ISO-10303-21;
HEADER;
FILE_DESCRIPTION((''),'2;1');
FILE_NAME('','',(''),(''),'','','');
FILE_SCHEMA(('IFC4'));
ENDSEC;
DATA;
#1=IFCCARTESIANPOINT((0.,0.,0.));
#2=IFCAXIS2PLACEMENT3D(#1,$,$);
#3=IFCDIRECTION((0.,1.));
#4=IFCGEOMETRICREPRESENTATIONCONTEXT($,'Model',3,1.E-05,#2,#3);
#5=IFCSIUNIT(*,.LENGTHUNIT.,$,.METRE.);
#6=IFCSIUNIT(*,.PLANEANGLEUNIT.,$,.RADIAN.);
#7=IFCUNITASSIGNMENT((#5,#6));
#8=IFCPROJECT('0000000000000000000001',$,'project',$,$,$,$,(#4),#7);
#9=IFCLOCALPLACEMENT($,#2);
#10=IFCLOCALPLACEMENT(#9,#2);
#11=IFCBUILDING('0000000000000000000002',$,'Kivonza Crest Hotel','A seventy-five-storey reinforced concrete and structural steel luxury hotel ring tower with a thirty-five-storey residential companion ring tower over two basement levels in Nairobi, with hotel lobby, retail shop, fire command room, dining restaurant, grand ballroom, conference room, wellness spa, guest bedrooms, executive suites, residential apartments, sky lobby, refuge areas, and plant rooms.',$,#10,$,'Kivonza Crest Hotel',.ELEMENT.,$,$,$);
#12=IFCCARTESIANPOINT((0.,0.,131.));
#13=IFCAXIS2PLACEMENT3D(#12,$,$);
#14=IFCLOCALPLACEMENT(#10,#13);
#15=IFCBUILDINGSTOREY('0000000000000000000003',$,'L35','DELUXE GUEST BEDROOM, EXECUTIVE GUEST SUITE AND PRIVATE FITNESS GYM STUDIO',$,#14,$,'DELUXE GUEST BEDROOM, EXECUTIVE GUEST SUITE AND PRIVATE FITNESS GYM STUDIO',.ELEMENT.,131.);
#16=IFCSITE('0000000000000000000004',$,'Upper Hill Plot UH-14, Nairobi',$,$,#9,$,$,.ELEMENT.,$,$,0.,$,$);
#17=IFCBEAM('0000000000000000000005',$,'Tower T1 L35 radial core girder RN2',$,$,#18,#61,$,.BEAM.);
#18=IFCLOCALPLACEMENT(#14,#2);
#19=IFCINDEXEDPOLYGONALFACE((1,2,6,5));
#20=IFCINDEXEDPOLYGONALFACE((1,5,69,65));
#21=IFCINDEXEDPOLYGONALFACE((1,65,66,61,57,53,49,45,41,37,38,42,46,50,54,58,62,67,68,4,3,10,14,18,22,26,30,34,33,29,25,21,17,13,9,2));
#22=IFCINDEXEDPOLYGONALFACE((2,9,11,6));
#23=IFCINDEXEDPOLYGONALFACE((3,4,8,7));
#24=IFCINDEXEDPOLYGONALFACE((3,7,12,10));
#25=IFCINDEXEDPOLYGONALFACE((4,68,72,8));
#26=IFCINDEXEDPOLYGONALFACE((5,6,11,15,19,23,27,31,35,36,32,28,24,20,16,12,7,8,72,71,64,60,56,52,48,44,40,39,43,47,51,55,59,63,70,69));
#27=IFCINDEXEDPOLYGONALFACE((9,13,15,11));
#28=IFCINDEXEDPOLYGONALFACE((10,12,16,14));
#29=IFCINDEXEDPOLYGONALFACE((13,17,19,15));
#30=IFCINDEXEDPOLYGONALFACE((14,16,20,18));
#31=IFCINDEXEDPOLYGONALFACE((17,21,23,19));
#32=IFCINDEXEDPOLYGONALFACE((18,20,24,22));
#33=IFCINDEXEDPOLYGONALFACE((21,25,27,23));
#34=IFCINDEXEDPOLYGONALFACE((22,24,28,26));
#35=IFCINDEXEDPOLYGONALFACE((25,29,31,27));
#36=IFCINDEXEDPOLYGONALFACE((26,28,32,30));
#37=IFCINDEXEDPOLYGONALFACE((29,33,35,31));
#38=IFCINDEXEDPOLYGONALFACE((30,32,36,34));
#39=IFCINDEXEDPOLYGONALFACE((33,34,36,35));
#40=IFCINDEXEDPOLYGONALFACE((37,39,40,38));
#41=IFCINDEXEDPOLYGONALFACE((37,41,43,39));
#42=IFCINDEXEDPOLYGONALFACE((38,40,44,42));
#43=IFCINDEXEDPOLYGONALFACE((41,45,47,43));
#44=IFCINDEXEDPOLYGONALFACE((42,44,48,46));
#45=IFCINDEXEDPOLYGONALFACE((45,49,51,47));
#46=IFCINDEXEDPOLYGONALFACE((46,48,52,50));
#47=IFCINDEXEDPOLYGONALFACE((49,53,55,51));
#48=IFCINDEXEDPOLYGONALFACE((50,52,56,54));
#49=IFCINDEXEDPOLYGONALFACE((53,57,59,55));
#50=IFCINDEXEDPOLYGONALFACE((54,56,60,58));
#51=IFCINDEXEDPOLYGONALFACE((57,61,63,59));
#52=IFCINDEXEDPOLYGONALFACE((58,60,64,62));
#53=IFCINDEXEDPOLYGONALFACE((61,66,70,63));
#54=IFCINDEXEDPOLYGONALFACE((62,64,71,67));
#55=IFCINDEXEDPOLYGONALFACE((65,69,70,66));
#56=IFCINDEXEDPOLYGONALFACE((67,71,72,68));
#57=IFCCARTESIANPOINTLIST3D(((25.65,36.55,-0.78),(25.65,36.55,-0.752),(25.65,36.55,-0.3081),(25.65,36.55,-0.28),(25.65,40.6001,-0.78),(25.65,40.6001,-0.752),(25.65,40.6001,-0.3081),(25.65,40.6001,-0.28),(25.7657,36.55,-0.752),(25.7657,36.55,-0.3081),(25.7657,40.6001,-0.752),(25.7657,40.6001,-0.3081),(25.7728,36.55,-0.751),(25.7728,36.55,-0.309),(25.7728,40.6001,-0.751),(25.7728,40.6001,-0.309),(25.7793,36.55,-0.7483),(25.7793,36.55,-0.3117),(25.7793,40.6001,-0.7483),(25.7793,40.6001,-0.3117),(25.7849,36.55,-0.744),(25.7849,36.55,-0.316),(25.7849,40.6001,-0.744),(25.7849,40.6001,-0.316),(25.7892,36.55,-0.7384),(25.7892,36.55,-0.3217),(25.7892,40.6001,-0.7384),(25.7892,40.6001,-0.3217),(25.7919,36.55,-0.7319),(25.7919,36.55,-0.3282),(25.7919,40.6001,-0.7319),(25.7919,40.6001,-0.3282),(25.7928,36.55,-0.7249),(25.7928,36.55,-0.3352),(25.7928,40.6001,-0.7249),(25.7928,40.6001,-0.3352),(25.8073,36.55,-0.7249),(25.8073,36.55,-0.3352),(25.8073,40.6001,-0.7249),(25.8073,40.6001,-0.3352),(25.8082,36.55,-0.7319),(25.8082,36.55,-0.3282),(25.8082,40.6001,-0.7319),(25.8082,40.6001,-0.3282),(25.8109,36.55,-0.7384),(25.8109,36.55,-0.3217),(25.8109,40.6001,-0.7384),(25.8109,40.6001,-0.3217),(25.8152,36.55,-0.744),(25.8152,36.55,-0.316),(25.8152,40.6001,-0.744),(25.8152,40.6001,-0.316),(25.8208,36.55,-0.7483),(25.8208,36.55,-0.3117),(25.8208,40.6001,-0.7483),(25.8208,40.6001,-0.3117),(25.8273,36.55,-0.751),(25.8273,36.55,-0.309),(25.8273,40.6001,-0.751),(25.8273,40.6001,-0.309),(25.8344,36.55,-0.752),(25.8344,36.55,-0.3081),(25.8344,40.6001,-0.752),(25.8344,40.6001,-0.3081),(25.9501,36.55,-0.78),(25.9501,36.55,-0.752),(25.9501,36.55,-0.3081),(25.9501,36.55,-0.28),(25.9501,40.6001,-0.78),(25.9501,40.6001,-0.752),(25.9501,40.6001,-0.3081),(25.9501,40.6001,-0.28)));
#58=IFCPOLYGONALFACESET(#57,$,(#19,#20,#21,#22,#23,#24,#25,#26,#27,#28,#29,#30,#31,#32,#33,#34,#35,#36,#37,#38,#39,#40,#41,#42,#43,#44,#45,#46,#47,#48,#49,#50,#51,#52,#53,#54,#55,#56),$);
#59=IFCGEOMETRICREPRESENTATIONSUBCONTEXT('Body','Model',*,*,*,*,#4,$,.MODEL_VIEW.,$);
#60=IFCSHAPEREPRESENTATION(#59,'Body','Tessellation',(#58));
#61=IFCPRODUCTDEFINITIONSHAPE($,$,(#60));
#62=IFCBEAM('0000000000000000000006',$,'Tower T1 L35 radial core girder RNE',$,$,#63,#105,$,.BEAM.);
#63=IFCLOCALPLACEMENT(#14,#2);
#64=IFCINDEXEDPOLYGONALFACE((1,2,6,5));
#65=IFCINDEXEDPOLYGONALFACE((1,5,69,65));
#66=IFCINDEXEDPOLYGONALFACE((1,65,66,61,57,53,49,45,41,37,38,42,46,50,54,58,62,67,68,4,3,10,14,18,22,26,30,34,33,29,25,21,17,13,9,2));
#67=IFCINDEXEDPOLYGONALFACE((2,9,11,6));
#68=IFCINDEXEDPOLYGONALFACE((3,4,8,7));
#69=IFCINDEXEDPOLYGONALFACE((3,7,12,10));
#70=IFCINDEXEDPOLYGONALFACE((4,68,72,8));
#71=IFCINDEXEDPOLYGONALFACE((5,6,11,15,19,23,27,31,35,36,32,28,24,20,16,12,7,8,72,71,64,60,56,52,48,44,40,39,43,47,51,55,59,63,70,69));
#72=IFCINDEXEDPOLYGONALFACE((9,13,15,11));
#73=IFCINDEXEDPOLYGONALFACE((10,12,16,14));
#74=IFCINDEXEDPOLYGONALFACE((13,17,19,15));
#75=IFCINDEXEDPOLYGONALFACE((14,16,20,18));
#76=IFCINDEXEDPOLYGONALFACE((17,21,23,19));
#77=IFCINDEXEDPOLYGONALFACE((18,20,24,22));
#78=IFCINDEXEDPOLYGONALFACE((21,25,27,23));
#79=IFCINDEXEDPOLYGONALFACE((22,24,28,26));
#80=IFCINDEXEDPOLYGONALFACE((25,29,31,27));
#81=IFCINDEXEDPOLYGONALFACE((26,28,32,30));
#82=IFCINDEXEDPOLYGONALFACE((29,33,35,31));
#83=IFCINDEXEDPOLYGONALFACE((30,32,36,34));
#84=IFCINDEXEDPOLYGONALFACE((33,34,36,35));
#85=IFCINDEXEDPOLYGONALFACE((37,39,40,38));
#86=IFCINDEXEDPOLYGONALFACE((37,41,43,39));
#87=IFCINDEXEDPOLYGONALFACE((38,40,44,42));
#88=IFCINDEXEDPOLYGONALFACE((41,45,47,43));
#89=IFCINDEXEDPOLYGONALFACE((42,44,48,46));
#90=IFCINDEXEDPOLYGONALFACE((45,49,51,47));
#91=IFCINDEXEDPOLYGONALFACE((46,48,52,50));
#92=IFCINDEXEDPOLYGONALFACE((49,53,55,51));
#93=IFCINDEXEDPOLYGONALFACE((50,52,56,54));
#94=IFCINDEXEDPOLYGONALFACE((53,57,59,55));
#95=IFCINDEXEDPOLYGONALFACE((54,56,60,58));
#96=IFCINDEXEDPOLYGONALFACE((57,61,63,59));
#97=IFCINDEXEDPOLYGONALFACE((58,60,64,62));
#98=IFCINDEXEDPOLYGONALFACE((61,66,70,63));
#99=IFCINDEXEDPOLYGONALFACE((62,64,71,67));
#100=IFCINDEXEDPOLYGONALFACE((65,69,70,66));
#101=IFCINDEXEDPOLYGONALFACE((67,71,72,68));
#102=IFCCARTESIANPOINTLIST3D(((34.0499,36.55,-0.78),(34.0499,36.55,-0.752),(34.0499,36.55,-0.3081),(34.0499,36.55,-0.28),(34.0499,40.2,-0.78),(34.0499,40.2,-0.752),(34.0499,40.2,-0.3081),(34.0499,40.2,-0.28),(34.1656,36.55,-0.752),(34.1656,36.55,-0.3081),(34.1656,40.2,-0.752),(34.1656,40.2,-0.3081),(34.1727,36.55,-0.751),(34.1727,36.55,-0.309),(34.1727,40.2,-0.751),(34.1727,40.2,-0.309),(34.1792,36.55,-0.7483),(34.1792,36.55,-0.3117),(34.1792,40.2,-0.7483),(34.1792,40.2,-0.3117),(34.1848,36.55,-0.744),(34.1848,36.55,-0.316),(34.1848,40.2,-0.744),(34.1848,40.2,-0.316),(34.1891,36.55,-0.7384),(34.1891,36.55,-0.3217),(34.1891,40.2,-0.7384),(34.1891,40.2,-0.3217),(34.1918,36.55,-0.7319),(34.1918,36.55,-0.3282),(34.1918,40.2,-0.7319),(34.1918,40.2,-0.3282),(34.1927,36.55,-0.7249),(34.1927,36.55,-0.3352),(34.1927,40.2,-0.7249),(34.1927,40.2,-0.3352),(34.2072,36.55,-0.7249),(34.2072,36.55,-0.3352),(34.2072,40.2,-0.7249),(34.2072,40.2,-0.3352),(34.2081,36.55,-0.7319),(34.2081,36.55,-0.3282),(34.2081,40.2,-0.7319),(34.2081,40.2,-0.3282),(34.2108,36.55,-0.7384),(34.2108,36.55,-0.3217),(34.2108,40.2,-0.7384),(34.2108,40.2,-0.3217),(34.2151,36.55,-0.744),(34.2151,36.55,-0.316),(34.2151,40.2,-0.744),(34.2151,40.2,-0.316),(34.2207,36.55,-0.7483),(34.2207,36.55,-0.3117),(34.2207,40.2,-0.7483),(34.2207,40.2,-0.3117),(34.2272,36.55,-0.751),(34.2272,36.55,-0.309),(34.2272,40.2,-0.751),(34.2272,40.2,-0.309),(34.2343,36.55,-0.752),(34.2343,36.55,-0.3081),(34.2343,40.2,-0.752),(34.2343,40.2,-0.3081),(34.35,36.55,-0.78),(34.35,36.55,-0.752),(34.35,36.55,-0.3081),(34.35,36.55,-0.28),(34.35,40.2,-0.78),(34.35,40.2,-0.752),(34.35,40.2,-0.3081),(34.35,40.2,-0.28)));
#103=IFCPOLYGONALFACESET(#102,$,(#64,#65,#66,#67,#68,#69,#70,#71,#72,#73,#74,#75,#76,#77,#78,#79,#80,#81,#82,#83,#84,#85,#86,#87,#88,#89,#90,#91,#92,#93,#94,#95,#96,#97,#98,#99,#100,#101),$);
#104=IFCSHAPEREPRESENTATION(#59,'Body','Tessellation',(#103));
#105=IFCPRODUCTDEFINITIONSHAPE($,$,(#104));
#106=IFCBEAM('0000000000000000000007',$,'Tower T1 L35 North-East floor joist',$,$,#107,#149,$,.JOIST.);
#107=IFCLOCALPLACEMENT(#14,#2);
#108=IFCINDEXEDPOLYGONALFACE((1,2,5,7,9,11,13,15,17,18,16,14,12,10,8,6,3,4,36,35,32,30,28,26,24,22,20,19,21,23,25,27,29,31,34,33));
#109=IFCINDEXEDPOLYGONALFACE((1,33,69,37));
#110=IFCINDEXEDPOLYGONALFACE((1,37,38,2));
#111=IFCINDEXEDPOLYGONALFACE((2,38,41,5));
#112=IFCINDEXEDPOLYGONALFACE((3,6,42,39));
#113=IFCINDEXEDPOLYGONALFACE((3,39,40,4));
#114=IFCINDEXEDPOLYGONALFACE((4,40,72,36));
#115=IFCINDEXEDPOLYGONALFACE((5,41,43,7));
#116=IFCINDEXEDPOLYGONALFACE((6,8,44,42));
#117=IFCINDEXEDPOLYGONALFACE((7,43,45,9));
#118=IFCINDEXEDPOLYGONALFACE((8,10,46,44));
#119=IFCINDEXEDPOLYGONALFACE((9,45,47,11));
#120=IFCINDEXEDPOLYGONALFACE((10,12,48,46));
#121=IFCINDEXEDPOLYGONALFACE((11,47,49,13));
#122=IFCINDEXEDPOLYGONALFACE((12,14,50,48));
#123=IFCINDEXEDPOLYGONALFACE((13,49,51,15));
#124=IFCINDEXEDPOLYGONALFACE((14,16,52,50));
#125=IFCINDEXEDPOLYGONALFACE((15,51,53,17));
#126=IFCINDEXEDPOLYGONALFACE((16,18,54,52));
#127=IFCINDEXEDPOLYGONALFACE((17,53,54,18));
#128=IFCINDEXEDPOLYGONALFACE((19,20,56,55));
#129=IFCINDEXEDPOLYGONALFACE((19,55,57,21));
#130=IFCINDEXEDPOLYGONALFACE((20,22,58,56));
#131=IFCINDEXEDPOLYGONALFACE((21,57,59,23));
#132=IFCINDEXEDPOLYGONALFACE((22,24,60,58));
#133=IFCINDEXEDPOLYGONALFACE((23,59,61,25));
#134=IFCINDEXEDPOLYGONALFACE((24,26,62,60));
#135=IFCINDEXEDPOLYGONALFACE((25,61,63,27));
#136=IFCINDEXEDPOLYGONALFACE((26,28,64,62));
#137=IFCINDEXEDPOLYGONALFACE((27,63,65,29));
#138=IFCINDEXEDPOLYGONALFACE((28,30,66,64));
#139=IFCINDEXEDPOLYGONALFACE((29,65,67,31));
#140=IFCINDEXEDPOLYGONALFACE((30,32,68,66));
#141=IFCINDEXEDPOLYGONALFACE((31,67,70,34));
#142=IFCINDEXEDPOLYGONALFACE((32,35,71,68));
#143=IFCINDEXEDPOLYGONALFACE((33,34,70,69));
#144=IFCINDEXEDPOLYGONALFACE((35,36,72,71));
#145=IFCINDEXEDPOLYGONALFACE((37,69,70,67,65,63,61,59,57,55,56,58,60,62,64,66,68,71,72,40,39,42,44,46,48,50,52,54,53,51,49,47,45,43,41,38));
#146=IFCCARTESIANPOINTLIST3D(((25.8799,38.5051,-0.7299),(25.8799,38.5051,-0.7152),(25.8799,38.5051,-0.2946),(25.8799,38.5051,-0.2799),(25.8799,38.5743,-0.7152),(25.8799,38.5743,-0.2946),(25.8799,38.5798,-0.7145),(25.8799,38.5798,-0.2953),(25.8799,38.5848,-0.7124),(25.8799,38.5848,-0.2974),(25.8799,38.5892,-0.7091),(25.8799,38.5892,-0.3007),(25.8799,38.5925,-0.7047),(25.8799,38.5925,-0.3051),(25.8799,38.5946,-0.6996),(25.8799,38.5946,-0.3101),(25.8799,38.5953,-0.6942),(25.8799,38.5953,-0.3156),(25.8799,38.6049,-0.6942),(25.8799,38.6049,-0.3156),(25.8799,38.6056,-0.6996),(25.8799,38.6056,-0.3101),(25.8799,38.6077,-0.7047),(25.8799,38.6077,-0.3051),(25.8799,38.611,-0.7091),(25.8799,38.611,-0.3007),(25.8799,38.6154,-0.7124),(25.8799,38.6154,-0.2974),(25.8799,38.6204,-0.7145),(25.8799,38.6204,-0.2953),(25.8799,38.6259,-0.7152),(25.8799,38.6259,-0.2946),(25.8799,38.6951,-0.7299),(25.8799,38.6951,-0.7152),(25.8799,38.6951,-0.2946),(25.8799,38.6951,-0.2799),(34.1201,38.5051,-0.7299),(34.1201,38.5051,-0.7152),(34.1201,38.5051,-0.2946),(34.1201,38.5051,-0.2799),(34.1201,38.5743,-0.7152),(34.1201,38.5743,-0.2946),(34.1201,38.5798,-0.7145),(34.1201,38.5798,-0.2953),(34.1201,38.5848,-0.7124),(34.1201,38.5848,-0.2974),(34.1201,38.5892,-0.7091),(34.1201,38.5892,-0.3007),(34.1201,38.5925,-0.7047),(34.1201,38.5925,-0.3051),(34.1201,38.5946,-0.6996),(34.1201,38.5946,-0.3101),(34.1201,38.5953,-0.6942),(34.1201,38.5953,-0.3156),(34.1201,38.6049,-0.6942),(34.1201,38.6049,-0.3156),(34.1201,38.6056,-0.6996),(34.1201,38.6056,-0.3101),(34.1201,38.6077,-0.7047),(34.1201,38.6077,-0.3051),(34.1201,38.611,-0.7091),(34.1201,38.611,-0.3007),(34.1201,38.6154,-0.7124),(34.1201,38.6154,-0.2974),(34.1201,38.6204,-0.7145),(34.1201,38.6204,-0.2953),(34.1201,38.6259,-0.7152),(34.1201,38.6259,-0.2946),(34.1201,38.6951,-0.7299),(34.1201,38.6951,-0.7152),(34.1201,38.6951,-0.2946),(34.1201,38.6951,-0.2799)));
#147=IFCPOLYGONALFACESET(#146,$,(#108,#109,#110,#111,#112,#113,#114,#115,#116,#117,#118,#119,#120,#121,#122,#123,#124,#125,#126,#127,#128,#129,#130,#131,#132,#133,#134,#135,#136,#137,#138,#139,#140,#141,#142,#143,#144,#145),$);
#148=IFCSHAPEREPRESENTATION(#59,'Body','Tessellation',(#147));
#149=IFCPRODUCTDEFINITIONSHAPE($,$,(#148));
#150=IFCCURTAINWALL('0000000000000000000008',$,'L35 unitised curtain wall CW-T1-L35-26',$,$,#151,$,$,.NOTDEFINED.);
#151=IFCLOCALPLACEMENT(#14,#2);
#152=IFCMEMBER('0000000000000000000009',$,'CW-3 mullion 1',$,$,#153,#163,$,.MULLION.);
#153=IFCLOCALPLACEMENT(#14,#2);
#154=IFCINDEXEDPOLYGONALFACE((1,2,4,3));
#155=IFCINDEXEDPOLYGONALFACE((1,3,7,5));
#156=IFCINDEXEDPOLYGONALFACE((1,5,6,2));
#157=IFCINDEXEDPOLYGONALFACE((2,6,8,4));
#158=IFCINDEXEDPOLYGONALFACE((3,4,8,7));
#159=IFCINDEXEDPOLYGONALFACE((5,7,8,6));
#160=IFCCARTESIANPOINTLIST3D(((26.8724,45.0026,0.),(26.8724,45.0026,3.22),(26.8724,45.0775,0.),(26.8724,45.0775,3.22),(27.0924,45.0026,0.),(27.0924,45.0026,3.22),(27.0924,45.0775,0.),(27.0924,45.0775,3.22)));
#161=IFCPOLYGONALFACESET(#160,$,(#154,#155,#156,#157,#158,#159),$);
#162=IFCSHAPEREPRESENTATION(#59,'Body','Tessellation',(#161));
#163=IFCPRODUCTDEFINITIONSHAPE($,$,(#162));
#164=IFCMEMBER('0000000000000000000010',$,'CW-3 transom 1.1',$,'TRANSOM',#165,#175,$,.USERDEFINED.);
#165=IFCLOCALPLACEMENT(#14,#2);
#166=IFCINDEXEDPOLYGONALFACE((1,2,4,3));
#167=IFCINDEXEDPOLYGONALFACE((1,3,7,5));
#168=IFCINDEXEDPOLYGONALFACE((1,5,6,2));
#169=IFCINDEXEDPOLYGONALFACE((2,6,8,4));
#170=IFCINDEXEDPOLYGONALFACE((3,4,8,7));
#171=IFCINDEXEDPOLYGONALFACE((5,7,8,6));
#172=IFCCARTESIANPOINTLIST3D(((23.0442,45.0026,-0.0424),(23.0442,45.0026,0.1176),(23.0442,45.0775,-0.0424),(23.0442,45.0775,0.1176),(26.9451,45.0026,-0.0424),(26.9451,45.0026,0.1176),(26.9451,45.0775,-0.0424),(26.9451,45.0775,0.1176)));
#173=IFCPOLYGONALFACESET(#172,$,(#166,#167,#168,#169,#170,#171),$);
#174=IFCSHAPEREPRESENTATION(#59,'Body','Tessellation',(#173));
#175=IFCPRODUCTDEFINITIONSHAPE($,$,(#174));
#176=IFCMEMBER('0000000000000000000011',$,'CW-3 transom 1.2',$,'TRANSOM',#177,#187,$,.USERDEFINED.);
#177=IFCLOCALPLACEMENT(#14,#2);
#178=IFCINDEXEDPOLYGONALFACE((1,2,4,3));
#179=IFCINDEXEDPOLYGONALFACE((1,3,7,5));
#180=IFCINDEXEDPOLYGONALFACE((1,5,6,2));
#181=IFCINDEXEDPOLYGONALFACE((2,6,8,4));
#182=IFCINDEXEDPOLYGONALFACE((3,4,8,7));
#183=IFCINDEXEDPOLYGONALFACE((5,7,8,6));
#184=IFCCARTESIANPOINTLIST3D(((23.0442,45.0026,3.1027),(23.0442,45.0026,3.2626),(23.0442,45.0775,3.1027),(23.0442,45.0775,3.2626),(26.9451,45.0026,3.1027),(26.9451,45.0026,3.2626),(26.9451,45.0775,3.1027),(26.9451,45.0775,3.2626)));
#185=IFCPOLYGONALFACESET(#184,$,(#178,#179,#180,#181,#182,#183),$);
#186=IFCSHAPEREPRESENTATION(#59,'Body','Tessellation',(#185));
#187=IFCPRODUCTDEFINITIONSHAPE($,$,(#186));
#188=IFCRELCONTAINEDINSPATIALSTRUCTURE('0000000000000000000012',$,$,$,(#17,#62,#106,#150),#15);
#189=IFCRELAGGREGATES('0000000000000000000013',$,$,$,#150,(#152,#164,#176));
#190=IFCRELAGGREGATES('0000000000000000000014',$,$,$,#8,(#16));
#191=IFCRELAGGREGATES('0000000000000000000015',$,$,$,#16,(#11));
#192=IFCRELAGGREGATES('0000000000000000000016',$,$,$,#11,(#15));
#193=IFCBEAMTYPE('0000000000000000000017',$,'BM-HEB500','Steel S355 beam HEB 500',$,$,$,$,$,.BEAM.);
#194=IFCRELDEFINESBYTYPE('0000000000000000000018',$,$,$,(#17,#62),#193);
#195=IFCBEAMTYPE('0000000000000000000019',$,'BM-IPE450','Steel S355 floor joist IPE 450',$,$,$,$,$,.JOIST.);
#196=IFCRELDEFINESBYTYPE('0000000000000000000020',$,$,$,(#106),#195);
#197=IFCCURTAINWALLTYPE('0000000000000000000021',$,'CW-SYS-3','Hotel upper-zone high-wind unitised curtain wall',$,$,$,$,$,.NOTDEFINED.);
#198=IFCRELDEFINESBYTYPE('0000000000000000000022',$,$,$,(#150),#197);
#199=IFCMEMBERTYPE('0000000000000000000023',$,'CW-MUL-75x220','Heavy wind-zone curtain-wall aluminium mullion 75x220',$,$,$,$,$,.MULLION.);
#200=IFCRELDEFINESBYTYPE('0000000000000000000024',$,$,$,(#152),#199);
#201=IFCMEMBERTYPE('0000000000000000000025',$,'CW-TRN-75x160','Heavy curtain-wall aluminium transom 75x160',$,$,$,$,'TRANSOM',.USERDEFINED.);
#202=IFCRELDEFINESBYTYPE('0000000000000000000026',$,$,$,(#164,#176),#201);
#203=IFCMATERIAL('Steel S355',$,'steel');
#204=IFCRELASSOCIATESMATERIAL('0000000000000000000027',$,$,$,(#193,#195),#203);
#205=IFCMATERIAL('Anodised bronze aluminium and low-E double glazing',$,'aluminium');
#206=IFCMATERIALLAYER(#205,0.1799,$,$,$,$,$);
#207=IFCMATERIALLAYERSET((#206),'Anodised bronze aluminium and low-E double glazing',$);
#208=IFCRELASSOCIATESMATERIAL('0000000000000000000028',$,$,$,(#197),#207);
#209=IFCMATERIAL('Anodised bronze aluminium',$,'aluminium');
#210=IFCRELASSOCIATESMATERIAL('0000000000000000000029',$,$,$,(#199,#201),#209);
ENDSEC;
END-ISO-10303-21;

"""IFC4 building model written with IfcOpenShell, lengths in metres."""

from ifc_helpers import new_model, si_unit, direction, frame, origin, origin_2d, place, context, subcontext, project, spatial, rectangle, i_section, extrude, material, layer, layer_set, material_profile, profile_set, type_object, element, aggregate, save


model = new_model("IFC4")

# Units and contexts
model_context = context("Model", 3, precision=1e-05, world=origin(), true_north=direction((0.0, 1.0)))
body_context = subcontext(model_context, "Body", "Model", "MODEL_VIEW")
ifc_project = project(units=[si_unit("LENGTHUNIT", "METRE"), si_unit("PLANEANGLEUNIT", "RADIAN")], contexts=[model_context])

# Site, building, storey
site_placement = place(None, origin())
site = spatial("IfcSite", under=ifc_project, at=site_placement, Name="Upper Hill Plot UH-14, Nairobi", CompositionType="ELEMENT", RefElevation=0.0)
building_placement = place(site_placement, origin())
building = spatial("IfcBuilding", under=site, at=building_placement, Name="Kivonza Crest Hotel", Description="A seventy-five-storey reinforced concrete and structural steel luxury hotel ring tower with a thirty-five-storey residential companion ring tower over two basement levels in Nairobi, with hotel lobby, retail shop, fire command room, dining restaurant, grand ballroom, conference room, wellness spa, guest bedrooms, executive suites, residential apartments, sky lobby, refuge areas, and plant rooms.", LongName="Kivonza Crest Hotel", CompositionType="ELEMENT")
storey_placement = place(building_placement, frame((0.0, 0.0, 131.0)))
storey = spatial("IfcBuildingStorey", under=building, at=storey_placement, Name="L35", Description="DELUXE GUEST BEDROOM, EXECUTIVE GUEST SUITE AND PRIVATE FITNESS GYM STUDIO", LongName="DELUXE GUEST BEDROOM, EXECUTIVE GUEST SUITE AND PRIVATE FITNESS GYM STUDIO", CompositionType="ELEMENT", Elevation=131.0)

# Beams
ifc_material_1 = material(Name="Steel S355", Category="steel")
ifc_material_profile_1 = material_profile(ifc_material_1, i_section(OverallWidth=0.3, OverallDepth=0.5, WebThickness=0.0144, FlangeThickness=0.0281, FilletRadius=0.0271, at=origin_2d()), Name="HEB 500")
ifc_profile_set_1 = profile_set([ifc_material_profile_1], Name="Steel S355")
beam_type_1 = type_object("IfcBeamType", Name="BM-HEB500", Description="Steel S355 beam HEB 500", PredefinedType="BEAM", material=ifc_profile_set_1)
beam_1_placement = place(storey_placement, frame((25.8, 40.6001, -0.53), z_axis=(0.0, -1.0, 0.0), x_axis=(1.0, 0.0, 0.0)))
element("IfcBeam", 1, at=beam_1_placement, inside=storey, type_object=beam_type_1, Name="Tower T1 L35 radial core girder RN2", PredefinedType="BEAM", context=body_context, shape_type="SweptSolid", body=[
    extrude(i_section(OverallWidth=0.3, OverallDepth=0.5, WebThickness=0.0144, FlangeThickness=0.0281, FilletRadius=0.0271, at=origin_2d()), origin(), (0.0, 0.0, 1.0), 4.05),
])
beam_2_placement = place(storey_placement, frame((34.2, 40.2, -0.53), z_axis=(0.0, -1.0, 0.0), x_axis=(1.0, 0.0, 0.0)))
element("IfcBeam", 2, at=beam_2_placement, inside=storey, type_object=beam_type_1, Name="Tower T1 L35 radial core girder RNE", PredefinedType="BEAM", context=body_context, shape_type="SweptSolid", body=[
    extrude(i_section(OverallWidth=0.3, OverallDepth=0.5, WebThickness=0.0144, FlangeThickness=0.0281, FilletRadius=0.0271, at=origin_2d()), origin(), (0.0, 0.0, 1.0), 3.6499),
])
ifc_material_profile_2 = material_profile(ifc_material_1, i_section(OverallWidth=0.1899, OverallDepth=0.45, WebThickness=0.0095, FlangeThickness=0.0146, FilletRadius=0.021, at=origin_2d()), Name="IPE 450")
ifc_profile_set_2 = profile_set([ifc_material_profile_2], Name="Steel S355")
beam_type_2 = type_object("IfcBeamType", Name="BM-IPE450", Description="Steel S355 floor joist IPE 450", PredefinedType="JOIST", material=ifc_profile_set_2)
beam_3_placement = place(storey_placement, frame((25.8799, 38.6001, -0.5049), z_axis=(1.0, 0.0, 0.0), x_axis=(0.0, 1.0, 0.0)))
element("IfcBeam", 3, at=beam_3_placement, inside=storey, type_object=beam_type_2, Name="Tower T1 L35 North-East floor joist", PredefinedType="JOIST", context=body_context, shape_type="SweptSolid", body=[
    extrude(i_section(OverallWidth=0.1899, OverallDepth=0.45, WebThickness=0.0095, FlangeThickness=0.0146, FilletRadius=0.021, at=origin_2d()), origin(), (0.0, 0.0, 1.0), 8.2402),
])

# Curtain wall, members
ifc_material_2 = material(Name="Anodised bronze aluminium and low-E double glazing", Category="aluminium")
ifc_layer_1 = layer(ifc_material_2, 0.1799)
ifc_layer_set_1 = layer_set([ifc_layer_1], Name="Anodised bronze aluminium and low-E double glazing")
curtain_wall_type = type_object("IfcCurtainWallType", Name="CW-SYS-3", Description="Hotel upper-zone high-wind unitised curtain wall", PredefinedType="NOTDEFINED", material=ifc_layer_set_1)
curtain_wall_placement = place(storey_placement, origin())
curtain_wall = element("IfcCurtainWall", 4, at=curtain_wall_placement, inside=storey, type_object=curtain_wall_type, Name="L35 unitised curtain wall CW-T1-L35-26", PredefinedType="NOTDEFINED")
ifc_material_3 = material(Name="Anodised bronze aluminium", Category="aluminium")
ifc_material_profile_3 = material_profile(ifc_material_3, rectangle(XDim=0.075, YDim=0.22, at=origin_2d()), Name="CW-M 75x220")
ifc_profile_set_3 = profile_set([ifc_material_profile_3], Name="Anodised bronze aluminium")
member_type_1 = type_object("IfcMemberType", Name="CW-MUL-75x220", Description="Heavy wind-zone curtain-wall aluminium mullion 75x220", PredefinedType="MULLION", material=ifc_profile_set_3)
member_1_placement = place(storey_placement, frame((26.9824, 45.04, 0.0), z_axis=(0.0, 0.0, 1.0), x_axis=(0.0, -1.0, 0.0)))
member_1 = element("IfcMember", 5, at=member_1_placement, type_object=member_type_1, Name="CW-3 mullion 1", PredefinedType="MULLION", context=body_context, shape_type="SweptSolid", body=[
    extrude(rectangle(XDim=0.075, YDim=0.22, at=origin_2d()), origin(), (0.0, 0.0, 1.0), 3.22),
])
ifc_material_profile_4 = material_profile(ifc_material_3, rectangle(XDim=0.075, YDim=0.1599, at=origin_2d()), Name="CW-T 75x160")
ifc_profile_set_4 = profile_set([ifc_material_profile_4], Name="Anodised bronze aluminium")
member_type_2 = type_object("IfcMemberType", Name="CW-TRN-75x160", Description="Heavy curtain-wall aluminium transom 75x160", ElementType="TRANSOM", PredefinedType="USERDEFINED", material=ifc_profile_set_4)
member_2_placement = place(storey_placement, frame((26.9451, 45.04, 0.0376), z_axis=(-1.0, 0.0, 0.0), x_axis=(0.0, -1.0, 0.0)))
member_2 = element("IfcMember", 6, at=member_2_placement, type_object=member_type_2, Name="CW-3 transom 1.1", ObjectType="TRANSOM", PredefinedType="USERDEFINED", context=body_context, shape_type="SweptSolid", body=[
    extrude(rectangle(XDim=0.075, YDim=0.1599, at=origin_2d()), origin(), (0.0, 0.0, 1.0), 3.9009),
])
member_3_placement = place(storey_placement, frame((26.9451, 45.04, 3.1826), z_axis=(-1.0, 0.0, 0.0), x_axis=(0.0, -1.0, 0.0)))
member_3 = element("IfcMember", 7, at=member_3_placement, type_object=member_type_2, Name="CW-3 transom 1.2", ObjectType="TRANSOM", PredefinedType="USERDEFINED", context=body_context, shape_type="SweptSolid", body=[
    extrude(rectangle(XDim=0.075, YDim=0.1599, at=origin_2d()), origin(), (0.0, 0.0, 1.0), 3.9009),
])
aggregate(curtain_wall, [member_1, member_2, member_3])

save(model, "model.ifc")
